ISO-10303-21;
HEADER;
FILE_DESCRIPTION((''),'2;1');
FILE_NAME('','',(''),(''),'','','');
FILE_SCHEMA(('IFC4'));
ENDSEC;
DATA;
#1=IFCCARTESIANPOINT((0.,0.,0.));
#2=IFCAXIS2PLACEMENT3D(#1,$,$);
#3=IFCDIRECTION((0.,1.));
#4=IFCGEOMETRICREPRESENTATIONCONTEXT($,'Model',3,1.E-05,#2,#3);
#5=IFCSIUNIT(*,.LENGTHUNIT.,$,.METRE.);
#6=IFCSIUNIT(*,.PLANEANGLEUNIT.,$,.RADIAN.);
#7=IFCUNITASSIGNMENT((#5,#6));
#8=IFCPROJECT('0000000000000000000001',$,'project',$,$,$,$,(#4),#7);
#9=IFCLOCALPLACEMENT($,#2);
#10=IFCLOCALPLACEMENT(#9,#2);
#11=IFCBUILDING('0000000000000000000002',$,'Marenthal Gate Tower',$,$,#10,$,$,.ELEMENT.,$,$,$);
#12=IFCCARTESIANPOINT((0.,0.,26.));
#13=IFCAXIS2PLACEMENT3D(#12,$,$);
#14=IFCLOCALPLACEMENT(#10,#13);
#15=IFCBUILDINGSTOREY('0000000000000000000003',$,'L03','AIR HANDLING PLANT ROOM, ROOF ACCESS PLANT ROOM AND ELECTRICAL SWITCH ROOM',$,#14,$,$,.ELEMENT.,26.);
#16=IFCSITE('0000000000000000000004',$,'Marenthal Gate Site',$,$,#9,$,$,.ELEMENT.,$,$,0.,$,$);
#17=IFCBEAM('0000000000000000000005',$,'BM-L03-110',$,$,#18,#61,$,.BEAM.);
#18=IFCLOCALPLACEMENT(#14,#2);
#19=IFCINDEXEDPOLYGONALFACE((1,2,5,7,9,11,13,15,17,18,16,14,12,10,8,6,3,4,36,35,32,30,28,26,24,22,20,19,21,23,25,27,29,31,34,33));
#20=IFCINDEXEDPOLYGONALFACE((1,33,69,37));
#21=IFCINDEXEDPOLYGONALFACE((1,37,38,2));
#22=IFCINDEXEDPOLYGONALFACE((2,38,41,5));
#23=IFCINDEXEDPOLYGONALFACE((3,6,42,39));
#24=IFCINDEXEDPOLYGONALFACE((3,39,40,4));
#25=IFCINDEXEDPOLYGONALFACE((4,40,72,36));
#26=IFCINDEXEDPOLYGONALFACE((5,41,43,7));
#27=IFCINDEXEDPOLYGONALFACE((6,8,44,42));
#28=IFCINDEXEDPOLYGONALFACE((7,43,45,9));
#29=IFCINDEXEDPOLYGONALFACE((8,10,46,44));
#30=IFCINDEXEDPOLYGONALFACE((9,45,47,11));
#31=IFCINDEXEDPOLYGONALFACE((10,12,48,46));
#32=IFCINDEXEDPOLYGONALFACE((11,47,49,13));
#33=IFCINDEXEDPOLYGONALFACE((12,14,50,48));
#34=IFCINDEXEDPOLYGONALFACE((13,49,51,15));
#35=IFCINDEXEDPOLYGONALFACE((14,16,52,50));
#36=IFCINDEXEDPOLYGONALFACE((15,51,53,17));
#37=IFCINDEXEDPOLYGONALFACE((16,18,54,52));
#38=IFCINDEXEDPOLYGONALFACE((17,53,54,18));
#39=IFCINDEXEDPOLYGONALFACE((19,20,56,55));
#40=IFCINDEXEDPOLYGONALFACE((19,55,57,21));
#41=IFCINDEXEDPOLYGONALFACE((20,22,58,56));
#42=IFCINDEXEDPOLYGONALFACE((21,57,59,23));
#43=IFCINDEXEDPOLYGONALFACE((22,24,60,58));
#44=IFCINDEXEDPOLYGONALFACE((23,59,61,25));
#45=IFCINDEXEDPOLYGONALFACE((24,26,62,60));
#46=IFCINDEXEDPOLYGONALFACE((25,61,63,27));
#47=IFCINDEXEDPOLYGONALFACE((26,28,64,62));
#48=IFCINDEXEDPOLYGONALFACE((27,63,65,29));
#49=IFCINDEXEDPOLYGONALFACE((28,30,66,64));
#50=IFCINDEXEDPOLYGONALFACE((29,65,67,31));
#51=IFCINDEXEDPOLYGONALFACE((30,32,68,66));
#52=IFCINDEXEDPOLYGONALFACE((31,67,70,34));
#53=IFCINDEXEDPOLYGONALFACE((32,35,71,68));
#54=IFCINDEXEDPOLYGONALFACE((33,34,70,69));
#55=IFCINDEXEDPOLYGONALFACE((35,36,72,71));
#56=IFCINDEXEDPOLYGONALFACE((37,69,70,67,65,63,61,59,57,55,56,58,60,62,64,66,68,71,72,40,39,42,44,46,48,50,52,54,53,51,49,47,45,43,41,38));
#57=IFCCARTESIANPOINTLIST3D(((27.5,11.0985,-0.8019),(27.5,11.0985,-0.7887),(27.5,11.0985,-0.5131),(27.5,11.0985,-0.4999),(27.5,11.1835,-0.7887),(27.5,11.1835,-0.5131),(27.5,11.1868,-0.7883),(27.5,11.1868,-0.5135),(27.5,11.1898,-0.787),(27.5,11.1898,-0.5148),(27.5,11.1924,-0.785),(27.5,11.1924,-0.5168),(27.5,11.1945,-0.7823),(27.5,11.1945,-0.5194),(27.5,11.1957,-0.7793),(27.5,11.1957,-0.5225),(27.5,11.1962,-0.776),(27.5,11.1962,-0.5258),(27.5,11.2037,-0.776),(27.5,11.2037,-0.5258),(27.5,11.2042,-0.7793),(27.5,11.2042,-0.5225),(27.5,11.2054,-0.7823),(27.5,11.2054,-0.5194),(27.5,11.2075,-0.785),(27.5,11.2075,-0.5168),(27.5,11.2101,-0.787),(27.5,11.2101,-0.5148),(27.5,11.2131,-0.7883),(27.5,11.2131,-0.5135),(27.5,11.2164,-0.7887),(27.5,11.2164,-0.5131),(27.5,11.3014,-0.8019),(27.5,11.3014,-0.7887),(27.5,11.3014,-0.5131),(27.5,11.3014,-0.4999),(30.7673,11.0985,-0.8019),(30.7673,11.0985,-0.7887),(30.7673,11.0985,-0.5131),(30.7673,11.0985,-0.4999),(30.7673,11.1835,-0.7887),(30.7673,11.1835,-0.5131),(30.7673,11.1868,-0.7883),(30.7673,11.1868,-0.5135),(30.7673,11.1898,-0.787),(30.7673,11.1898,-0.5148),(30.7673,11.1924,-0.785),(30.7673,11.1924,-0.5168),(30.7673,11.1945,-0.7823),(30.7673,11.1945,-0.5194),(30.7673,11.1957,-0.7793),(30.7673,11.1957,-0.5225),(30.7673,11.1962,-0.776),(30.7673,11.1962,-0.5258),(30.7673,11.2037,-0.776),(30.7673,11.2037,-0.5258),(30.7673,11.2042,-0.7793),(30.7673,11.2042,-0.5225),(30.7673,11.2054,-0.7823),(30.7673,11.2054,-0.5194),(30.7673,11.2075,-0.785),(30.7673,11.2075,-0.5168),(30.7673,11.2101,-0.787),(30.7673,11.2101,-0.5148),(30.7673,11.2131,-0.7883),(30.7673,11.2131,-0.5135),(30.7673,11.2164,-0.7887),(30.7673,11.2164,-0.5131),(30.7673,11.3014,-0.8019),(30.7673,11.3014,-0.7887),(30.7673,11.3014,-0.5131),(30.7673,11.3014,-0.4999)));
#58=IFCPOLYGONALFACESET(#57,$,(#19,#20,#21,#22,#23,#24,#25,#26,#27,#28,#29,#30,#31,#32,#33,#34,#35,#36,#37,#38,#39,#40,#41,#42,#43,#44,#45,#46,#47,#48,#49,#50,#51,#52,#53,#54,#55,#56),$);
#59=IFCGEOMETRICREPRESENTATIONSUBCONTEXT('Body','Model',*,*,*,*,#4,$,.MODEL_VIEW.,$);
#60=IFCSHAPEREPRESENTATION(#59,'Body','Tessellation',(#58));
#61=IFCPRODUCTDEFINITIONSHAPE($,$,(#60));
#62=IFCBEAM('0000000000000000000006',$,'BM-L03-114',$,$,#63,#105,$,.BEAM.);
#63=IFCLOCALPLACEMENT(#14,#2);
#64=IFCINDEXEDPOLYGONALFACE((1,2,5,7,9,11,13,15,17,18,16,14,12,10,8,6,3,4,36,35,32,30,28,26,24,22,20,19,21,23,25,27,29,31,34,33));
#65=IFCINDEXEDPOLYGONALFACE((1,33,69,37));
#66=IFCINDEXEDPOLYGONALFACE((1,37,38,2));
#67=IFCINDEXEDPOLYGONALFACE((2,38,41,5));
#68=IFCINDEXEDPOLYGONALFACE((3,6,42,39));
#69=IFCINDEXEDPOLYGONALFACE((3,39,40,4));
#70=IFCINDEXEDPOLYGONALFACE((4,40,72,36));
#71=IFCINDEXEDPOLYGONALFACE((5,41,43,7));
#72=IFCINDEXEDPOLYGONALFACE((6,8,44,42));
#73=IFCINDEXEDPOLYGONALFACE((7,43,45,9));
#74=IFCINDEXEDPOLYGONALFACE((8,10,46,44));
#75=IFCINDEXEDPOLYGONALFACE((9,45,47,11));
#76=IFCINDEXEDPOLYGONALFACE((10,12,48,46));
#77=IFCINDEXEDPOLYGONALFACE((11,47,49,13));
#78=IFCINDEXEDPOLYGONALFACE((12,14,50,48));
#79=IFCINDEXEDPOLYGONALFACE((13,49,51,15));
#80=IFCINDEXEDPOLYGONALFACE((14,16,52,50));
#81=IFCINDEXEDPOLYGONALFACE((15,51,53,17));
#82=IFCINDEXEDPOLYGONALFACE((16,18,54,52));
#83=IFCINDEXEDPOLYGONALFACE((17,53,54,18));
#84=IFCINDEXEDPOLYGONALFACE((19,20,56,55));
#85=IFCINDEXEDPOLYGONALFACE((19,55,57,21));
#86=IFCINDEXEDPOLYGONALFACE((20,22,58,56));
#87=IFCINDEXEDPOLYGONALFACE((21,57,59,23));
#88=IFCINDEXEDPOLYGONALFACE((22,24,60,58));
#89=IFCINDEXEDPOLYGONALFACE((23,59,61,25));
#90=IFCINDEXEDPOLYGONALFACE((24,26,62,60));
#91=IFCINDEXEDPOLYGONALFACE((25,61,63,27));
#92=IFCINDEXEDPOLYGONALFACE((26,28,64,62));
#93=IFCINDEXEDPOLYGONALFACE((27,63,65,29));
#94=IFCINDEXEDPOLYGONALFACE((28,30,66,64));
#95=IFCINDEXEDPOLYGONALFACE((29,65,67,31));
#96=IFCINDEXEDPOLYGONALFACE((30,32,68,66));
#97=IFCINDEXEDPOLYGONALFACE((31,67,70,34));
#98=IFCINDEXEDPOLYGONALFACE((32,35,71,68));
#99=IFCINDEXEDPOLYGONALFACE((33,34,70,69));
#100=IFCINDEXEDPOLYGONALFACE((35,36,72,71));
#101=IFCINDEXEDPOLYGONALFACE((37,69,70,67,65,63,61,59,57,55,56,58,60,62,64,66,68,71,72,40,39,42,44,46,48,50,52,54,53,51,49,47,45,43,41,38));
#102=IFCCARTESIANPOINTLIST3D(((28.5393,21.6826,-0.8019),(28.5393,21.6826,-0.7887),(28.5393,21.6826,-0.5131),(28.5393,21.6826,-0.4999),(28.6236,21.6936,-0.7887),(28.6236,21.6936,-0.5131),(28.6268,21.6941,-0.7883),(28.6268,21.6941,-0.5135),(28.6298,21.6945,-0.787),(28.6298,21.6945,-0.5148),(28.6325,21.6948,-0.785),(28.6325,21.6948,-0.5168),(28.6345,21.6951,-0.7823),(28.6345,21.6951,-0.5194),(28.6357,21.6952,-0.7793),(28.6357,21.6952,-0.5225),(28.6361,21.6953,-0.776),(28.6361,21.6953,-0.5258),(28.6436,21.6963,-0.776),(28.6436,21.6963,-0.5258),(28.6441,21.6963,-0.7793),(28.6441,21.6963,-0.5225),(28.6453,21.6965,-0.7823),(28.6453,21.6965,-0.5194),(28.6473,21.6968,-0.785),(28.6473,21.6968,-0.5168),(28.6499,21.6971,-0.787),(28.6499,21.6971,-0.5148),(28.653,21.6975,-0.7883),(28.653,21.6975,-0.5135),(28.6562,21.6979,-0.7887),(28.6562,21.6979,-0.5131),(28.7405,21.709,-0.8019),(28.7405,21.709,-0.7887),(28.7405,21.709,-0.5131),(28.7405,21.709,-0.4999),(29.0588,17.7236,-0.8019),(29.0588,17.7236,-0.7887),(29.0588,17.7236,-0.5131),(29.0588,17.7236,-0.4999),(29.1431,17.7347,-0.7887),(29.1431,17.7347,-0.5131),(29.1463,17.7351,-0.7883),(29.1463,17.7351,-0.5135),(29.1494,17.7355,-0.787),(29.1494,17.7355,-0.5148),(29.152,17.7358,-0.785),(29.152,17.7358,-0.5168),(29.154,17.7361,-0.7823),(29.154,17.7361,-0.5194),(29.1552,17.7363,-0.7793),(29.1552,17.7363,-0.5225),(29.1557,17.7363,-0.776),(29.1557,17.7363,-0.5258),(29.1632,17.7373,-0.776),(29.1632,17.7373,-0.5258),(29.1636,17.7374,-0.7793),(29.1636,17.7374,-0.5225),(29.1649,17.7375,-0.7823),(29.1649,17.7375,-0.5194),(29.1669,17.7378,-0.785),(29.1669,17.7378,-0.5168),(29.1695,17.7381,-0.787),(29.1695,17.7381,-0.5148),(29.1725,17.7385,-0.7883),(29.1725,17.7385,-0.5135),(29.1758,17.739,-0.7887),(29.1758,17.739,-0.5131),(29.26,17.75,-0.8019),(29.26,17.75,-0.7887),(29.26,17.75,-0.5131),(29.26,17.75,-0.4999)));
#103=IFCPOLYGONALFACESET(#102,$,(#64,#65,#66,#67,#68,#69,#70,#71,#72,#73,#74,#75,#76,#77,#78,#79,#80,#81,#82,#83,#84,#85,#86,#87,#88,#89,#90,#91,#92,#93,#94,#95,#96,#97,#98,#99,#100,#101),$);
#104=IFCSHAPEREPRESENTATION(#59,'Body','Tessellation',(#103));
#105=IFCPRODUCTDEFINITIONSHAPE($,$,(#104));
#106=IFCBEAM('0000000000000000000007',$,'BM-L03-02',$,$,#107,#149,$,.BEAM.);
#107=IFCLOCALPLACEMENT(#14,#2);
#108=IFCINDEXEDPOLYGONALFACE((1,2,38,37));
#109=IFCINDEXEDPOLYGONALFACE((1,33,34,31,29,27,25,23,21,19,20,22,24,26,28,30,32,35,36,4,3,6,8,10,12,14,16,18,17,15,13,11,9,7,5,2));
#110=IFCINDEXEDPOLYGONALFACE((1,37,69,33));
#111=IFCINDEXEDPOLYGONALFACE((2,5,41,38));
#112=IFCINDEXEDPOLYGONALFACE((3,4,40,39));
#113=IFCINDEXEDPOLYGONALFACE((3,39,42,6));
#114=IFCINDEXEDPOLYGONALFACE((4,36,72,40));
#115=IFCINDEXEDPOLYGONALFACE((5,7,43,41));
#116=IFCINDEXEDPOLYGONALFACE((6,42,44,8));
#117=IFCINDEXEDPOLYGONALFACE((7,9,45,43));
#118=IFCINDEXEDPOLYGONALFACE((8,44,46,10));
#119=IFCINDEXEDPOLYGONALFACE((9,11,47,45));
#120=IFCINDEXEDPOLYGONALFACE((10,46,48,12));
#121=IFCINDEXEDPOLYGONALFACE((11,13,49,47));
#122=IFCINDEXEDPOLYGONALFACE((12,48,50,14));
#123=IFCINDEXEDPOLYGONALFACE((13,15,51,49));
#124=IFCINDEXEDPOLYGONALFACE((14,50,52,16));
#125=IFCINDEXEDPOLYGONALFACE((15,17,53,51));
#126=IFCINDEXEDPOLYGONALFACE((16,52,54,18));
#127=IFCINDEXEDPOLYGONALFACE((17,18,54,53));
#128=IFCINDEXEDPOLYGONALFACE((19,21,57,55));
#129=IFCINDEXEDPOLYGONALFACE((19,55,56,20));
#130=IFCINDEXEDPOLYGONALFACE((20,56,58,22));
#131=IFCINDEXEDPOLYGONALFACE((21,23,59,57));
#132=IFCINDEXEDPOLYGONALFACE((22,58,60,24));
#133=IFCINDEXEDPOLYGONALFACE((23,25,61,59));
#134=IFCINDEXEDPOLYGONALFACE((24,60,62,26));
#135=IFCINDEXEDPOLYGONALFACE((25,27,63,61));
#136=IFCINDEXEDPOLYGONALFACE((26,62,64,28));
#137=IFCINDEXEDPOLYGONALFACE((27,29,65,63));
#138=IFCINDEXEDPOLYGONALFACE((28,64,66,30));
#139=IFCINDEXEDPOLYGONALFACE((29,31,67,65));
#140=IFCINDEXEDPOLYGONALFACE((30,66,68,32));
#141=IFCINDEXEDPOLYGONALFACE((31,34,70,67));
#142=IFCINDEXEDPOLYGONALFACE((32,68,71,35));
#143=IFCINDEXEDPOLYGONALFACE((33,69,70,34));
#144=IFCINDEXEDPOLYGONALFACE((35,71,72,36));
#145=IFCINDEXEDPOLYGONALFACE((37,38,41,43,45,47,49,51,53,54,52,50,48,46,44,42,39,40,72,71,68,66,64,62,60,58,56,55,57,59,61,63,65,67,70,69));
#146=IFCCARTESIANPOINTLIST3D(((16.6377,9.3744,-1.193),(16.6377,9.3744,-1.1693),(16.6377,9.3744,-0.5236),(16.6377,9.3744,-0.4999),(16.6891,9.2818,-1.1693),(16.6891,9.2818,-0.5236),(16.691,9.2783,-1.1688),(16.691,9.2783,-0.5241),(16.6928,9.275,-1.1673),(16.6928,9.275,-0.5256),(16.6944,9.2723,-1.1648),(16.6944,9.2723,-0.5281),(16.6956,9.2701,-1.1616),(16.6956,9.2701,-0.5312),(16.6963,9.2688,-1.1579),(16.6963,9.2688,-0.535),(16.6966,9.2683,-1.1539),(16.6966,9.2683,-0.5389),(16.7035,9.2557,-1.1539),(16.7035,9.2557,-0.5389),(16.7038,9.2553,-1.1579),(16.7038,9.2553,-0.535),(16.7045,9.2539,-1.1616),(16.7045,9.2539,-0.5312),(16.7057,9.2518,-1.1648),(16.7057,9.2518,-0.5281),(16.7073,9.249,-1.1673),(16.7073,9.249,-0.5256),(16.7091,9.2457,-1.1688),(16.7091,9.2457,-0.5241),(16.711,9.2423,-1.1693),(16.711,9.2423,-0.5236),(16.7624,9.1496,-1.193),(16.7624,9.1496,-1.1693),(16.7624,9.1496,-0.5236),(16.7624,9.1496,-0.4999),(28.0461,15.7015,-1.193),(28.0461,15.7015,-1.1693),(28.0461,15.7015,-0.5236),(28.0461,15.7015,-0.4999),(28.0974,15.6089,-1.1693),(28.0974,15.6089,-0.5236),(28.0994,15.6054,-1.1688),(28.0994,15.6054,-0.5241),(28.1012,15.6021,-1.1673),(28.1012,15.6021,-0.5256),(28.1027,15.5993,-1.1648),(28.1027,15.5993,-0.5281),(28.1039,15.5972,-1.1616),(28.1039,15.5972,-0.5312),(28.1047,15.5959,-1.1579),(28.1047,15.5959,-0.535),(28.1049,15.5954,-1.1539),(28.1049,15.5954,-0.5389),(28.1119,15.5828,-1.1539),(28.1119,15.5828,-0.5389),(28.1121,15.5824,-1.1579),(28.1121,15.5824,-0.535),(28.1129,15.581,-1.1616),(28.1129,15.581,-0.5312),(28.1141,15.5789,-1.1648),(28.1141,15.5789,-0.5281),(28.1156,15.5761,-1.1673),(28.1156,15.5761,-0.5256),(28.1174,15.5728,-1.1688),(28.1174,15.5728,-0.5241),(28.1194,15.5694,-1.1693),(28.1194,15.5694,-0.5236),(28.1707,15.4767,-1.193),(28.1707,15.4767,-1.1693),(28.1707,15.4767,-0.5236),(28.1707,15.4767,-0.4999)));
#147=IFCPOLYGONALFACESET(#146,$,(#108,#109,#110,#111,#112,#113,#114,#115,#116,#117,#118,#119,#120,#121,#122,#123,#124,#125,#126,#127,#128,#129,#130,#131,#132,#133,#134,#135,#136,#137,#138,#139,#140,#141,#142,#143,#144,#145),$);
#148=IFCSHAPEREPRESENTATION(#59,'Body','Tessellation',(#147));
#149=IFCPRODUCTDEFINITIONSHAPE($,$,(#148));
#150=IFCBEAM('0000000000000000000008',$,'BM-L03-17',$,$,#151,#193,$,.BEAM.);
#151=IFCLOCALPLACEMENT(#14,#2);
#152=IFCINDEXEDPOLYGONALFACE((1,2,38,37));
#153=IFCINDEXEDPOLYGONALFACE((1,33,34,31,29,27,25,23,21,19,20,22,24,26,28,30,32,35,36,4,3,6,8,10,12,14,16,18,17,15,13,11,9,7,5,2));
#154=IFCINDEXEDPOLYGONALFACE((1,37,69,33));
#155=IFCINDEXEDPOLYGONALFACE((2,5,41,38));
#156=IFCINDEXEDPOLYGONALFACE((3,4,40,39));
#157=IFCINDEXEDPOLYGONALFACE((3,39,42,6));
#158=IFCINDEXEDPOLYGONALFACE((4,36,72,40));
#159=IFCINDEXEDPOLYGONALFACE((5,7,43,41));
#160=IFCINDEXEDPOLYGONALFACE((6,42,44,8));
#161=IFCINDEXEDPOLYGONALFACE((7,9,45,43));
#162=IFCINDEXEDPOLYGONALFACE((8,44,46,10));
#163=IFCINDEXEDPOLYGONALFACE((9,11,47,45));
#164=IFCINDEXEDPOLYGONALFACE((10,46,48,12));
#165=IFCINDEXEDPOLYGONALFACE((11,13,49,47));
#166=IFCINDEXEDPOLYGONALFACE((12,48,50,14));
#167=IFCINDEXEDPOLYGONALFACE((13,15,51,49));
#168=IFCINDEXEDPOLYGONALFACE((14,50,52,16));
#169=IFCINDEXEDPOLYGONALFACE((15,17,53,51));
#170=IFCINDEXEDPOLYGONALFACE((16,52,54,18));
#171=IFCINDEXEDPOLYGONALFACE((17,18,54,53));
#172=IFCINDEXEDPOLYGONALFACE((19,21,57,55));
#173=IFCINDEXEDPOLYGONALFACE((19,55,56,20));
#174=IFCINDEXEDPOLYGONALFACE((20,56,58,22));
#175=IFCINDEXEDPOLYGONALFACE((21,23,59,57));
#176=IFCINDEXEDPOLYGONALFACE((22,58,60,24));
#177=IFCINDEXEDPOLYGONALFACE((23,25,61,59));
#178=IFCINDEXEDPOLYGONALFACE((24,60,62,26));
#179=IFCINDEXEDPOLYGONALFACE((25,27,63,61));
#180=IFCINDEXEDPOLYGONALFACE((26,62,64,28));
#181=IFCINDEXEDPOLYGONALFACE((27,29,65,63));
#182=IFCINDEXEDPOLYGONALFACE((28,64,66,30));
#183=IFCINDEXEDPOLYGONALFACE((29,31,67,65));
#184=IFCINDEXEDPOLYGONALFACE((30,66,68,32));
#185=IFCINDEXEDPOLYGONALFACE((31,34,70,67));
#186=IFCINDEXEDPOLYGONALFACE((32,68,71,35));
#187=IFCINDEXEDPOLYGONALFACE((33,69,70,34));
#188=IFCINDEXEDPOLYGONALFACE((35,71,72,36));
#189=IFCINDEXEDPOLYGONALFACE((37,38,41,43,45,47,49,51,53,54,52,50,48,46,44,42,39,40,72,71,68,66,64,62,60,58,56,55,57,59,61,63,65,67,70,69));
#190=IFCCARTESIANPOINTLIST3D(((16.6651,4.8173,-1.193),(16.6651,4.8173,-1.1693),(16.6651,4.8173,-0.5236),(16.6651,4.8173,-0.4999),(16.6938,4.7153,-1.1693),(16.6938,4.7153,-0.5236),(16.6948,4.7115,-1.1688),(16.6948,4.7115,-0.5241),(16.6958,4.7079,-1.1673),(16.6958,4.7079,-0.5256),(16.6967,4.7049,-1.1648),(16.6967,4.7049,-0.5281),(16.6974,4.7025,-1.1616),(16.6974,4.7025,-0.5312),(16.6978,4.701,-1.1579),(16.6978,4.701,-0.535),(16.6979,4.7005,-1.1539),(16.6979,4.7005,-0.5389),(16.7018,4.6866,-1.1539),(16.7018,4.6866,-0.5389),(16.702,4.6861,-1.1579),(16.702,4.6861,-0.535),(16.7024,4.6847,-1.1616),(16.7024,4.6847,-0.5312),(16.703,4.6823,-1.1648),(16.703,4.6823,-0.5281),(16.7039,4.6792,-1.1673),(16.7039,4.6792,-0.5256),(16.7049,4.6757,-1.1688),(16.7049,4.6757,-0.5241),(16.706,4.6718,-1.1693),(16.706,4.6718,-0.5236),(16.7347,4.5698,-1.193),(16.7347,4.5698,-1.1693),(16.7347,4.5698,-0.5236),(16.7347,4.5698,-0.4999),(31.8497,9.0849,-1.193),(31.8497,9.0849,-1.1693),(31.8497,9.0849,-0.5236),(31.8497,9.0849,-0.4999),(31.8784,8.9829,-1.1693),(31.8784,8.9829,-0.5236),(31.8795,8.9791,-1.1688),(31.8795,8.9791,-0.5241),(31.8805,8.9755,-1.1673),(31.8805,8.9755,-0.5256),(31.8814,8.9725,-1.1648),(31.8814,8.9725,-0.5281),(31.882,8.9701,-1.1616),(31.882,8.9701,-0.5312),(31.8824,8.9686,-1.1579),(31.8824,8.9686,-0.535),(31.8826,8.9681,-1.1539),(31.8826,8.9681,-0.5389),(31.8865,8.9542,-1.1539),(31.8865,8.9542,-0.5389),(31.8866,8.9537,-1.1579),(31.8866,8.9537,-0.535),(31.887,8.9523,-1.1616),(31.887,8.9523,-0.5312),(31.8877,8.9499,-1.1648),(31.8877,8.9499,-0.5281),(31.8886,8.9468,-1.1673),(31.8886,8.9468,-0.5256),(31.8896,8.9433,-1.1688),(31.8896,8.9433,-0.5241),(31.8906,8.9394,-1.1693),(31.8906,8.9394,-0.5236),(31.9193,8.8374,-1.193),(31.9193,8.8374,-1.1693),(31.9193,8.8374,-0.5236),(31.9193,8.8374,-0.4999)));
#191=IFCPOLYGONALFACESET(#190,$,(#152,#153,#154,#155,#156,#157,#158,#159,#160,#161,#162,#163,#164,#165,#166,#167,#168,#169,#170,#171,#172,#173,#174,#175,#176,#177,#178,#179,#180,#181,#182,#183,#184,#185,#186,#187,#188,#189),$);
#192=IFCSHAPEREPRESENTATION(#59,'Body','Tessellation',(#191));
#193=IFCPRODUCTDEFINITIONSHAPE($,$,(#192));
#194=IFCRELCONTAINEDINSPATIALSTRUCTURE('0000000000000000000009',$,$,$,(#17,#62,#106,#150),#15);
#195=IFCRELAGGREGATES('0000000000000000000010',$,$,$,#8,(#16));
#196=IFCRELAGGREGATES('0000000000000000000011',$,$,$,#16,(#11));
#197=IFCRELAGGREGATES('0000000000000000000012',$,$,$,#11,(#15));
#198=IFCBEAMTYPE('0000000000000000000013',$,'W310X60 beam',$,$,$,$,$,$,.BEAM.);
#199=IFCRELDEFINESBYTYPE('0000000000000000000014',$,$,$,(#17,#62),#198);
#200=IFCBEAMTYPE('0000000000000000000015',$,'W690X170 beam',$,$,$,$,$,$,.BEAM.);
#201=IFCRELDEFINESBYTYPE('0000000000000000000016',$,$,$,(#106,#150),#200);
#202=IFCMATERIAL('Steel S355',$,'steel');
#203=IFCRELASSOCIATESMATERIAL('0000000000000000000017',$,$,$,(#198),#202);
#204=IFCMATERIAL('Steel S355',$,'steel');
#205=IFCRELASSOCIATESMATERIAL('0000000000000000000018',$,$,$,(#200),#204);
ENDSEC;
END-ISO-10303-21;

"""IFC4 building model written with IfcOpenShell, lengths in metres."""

from ifc_helpers import new_model, si_unit, direction, frame, origin, origin_2d, place, context, subcontext, project, spatial, i_section, extrude, material, material_profile, profile_set, type_object, element, save


model = new_model("IFC4")

# Units and contexts
model_context = context("Model", 3, precision=1e-05, world=origin(), true_north=direction((0.0, 1.0)))
body_context = subcontext(model_context, "Body", "Model", "MODEL_VIEW")
ifc_project = project(units=[si_unit("LENGTHUNIT", "METRE"), si_unit("PLANEANGLEUNIT", "RADIAN")], contexts=[model_context])

# Site, building, storey
site_placement = place(None, origin())
site = spatial("IfcSite", under=ifc_project, at=site_placement, Name="Marenthal Gate Site", CompositionType="ELEMENT", RefElevation=0.0)
building_placement = place(site_placement, origin())
building = spatial("IfcBuilding", under=site, at=building_placement, Name="Marenthal Gate Tower", CompositionType="ELEMENT")
storey_placement = place(building_placement, frame((0.0, 0.0, 26.0)))
storey = spatial("IfcBuildingStorey", under=building, at=storey_placement, Name="L03", Description="AIR HANDLING PLANT ROOM, ROOF ACCESS PLANT ROOM AND ELECTRICAL SWITCH ROOM", CompositionType="ELEMENT", Elevation=26.0)

# Beams
ifc_material_1 = material(Name="Steel S355", Category="steel")
ifc_material_profile_1 = material_profile(ifc_material_1, i_section(OverallWidth=0.2029, OverallDepth=0.302, WebThickness=0.0076, FlangeThickness=0.0132, FilletRadius=0.0127, at=origin_2d()), Name="W310X60")
ifc_profile_set_1 = profile_set([ifc_material_profile_1], Name="Steel S355")
beam_type_1 = type_object("IfcBeamType", Name="W310X60 beam", PredefinedType="BEAM", material=ifc_profile_set_1)
beam_1_placement = place(storey_placement, frame((27.5, 11.2, -0.6509), z_axis=(1.0, 0.0, 0.0), x_axis=(0.0, 1.0, 0.0)))
element("IfcBeam", 1, at=beam_1_placement, inside=storey, type_object=beam_type_1, Name="BM-L03-110", PredefinedType="BEAM", context=body_context, shape_type="SweptSolid", body=[
    extrude(i_section(OverallWidth=0.2029, OverallDepth=0.302, WebThickness=0.0076, FlangeThickness=0.0132, FilletRadius=0.0127, at=origin_2d()), origin(), (0.0, 0.0, 1.0), 3.2673),
])
beam_2_placement = place(storey_placement, frame((29.1594, 17.7368, -0.6509), z_axis=(-0.130113, 0.991499, 0.0), x_axis=(-0.991499, -0.130113, 0.0)))
element("IfcBeam", 2, at=beam_2_placement, inside=storey, type_object=beam_type_1, Name="BM-L03-114", PredefinedType="BEAM", context=body_context, shape_type="SweptSolid", body=[
    extrude(i_section(OverallWidth=0.2029, OverallDepth=0.302, WebThickness=0.0076, FlangeThickness=0.0132, FilletRadius=0.0127, at=origin_2d()), origin(), (0.0, 0.0, 1.0), 3.9929),
])
ifc_material_2 = material(Name="Steel S355", Category="steel")
ifc_material_profile_2 = material_profile(ifc_material_2, i_section(OverallWidth=0.2571, OverallDepth=0.6931, WebThickness=0.0144, FlangeThickness=0.0237, FilletRadius=0.0154, at=origin_2d()), Name="W690X170")
ifc_profile_set_2 = profile_set([ifc_material_profile_2], Name="Steel S355")
beam_type_2 = type_object("IfcBeamType", Name="W690X170 beam", PredefinedType="BEAM", material=ifc_profile_set_2)
beam_3_placement = place(storey_placement, frame((28.1084, 15.5891, -0.8464), z_axis=(-0.874511, -0.485006, 0.0), x_axis=(0.485006, -0.874511, 0.0)))
element("IfcBeam", 3, at=beam_3_placement, inside=storey, type_object=beam_type_2, Name="BM-L03-02", PredefinedType="BEAM", context=body_context, shape_type="SweptSolid", body=[
    extrude(i_section(OverallWidth=0.2571, OverallDepth=0.6931, WebThickness=0.0144, FlangeThickness=0.0237, FilletRadius=0.0154, at=origin_2d()), origin(), (0.0, 0.0, 1.0), 13.0454),
])
beam_4_placement = place(storey_placement, frame((31.8845, 8.9612, -0.8464), z_axis=(-0.962702, -0.270564, 0.0), x_axis=(0.270564, -0.962702, 0.0)))
element("IfcBeam", 4, at=beam_4_placement, inside=storey, type_object=beam_type_2, Name="BM-L03-17", PredefinedType="BEAM", context=body_context, shape_type="SweptSolid", body=[
    extrude(i_section(OverallWidth=0.2571, OverallDepth=0.6931, WebThickness=0.0144, FlangeThickness=0.0237, FilletRadius=0.0154, at=origin_2d()), origin(), (0.0, 0.0, 1.0), 15.7729),
])

save(model, "model.ifc")
